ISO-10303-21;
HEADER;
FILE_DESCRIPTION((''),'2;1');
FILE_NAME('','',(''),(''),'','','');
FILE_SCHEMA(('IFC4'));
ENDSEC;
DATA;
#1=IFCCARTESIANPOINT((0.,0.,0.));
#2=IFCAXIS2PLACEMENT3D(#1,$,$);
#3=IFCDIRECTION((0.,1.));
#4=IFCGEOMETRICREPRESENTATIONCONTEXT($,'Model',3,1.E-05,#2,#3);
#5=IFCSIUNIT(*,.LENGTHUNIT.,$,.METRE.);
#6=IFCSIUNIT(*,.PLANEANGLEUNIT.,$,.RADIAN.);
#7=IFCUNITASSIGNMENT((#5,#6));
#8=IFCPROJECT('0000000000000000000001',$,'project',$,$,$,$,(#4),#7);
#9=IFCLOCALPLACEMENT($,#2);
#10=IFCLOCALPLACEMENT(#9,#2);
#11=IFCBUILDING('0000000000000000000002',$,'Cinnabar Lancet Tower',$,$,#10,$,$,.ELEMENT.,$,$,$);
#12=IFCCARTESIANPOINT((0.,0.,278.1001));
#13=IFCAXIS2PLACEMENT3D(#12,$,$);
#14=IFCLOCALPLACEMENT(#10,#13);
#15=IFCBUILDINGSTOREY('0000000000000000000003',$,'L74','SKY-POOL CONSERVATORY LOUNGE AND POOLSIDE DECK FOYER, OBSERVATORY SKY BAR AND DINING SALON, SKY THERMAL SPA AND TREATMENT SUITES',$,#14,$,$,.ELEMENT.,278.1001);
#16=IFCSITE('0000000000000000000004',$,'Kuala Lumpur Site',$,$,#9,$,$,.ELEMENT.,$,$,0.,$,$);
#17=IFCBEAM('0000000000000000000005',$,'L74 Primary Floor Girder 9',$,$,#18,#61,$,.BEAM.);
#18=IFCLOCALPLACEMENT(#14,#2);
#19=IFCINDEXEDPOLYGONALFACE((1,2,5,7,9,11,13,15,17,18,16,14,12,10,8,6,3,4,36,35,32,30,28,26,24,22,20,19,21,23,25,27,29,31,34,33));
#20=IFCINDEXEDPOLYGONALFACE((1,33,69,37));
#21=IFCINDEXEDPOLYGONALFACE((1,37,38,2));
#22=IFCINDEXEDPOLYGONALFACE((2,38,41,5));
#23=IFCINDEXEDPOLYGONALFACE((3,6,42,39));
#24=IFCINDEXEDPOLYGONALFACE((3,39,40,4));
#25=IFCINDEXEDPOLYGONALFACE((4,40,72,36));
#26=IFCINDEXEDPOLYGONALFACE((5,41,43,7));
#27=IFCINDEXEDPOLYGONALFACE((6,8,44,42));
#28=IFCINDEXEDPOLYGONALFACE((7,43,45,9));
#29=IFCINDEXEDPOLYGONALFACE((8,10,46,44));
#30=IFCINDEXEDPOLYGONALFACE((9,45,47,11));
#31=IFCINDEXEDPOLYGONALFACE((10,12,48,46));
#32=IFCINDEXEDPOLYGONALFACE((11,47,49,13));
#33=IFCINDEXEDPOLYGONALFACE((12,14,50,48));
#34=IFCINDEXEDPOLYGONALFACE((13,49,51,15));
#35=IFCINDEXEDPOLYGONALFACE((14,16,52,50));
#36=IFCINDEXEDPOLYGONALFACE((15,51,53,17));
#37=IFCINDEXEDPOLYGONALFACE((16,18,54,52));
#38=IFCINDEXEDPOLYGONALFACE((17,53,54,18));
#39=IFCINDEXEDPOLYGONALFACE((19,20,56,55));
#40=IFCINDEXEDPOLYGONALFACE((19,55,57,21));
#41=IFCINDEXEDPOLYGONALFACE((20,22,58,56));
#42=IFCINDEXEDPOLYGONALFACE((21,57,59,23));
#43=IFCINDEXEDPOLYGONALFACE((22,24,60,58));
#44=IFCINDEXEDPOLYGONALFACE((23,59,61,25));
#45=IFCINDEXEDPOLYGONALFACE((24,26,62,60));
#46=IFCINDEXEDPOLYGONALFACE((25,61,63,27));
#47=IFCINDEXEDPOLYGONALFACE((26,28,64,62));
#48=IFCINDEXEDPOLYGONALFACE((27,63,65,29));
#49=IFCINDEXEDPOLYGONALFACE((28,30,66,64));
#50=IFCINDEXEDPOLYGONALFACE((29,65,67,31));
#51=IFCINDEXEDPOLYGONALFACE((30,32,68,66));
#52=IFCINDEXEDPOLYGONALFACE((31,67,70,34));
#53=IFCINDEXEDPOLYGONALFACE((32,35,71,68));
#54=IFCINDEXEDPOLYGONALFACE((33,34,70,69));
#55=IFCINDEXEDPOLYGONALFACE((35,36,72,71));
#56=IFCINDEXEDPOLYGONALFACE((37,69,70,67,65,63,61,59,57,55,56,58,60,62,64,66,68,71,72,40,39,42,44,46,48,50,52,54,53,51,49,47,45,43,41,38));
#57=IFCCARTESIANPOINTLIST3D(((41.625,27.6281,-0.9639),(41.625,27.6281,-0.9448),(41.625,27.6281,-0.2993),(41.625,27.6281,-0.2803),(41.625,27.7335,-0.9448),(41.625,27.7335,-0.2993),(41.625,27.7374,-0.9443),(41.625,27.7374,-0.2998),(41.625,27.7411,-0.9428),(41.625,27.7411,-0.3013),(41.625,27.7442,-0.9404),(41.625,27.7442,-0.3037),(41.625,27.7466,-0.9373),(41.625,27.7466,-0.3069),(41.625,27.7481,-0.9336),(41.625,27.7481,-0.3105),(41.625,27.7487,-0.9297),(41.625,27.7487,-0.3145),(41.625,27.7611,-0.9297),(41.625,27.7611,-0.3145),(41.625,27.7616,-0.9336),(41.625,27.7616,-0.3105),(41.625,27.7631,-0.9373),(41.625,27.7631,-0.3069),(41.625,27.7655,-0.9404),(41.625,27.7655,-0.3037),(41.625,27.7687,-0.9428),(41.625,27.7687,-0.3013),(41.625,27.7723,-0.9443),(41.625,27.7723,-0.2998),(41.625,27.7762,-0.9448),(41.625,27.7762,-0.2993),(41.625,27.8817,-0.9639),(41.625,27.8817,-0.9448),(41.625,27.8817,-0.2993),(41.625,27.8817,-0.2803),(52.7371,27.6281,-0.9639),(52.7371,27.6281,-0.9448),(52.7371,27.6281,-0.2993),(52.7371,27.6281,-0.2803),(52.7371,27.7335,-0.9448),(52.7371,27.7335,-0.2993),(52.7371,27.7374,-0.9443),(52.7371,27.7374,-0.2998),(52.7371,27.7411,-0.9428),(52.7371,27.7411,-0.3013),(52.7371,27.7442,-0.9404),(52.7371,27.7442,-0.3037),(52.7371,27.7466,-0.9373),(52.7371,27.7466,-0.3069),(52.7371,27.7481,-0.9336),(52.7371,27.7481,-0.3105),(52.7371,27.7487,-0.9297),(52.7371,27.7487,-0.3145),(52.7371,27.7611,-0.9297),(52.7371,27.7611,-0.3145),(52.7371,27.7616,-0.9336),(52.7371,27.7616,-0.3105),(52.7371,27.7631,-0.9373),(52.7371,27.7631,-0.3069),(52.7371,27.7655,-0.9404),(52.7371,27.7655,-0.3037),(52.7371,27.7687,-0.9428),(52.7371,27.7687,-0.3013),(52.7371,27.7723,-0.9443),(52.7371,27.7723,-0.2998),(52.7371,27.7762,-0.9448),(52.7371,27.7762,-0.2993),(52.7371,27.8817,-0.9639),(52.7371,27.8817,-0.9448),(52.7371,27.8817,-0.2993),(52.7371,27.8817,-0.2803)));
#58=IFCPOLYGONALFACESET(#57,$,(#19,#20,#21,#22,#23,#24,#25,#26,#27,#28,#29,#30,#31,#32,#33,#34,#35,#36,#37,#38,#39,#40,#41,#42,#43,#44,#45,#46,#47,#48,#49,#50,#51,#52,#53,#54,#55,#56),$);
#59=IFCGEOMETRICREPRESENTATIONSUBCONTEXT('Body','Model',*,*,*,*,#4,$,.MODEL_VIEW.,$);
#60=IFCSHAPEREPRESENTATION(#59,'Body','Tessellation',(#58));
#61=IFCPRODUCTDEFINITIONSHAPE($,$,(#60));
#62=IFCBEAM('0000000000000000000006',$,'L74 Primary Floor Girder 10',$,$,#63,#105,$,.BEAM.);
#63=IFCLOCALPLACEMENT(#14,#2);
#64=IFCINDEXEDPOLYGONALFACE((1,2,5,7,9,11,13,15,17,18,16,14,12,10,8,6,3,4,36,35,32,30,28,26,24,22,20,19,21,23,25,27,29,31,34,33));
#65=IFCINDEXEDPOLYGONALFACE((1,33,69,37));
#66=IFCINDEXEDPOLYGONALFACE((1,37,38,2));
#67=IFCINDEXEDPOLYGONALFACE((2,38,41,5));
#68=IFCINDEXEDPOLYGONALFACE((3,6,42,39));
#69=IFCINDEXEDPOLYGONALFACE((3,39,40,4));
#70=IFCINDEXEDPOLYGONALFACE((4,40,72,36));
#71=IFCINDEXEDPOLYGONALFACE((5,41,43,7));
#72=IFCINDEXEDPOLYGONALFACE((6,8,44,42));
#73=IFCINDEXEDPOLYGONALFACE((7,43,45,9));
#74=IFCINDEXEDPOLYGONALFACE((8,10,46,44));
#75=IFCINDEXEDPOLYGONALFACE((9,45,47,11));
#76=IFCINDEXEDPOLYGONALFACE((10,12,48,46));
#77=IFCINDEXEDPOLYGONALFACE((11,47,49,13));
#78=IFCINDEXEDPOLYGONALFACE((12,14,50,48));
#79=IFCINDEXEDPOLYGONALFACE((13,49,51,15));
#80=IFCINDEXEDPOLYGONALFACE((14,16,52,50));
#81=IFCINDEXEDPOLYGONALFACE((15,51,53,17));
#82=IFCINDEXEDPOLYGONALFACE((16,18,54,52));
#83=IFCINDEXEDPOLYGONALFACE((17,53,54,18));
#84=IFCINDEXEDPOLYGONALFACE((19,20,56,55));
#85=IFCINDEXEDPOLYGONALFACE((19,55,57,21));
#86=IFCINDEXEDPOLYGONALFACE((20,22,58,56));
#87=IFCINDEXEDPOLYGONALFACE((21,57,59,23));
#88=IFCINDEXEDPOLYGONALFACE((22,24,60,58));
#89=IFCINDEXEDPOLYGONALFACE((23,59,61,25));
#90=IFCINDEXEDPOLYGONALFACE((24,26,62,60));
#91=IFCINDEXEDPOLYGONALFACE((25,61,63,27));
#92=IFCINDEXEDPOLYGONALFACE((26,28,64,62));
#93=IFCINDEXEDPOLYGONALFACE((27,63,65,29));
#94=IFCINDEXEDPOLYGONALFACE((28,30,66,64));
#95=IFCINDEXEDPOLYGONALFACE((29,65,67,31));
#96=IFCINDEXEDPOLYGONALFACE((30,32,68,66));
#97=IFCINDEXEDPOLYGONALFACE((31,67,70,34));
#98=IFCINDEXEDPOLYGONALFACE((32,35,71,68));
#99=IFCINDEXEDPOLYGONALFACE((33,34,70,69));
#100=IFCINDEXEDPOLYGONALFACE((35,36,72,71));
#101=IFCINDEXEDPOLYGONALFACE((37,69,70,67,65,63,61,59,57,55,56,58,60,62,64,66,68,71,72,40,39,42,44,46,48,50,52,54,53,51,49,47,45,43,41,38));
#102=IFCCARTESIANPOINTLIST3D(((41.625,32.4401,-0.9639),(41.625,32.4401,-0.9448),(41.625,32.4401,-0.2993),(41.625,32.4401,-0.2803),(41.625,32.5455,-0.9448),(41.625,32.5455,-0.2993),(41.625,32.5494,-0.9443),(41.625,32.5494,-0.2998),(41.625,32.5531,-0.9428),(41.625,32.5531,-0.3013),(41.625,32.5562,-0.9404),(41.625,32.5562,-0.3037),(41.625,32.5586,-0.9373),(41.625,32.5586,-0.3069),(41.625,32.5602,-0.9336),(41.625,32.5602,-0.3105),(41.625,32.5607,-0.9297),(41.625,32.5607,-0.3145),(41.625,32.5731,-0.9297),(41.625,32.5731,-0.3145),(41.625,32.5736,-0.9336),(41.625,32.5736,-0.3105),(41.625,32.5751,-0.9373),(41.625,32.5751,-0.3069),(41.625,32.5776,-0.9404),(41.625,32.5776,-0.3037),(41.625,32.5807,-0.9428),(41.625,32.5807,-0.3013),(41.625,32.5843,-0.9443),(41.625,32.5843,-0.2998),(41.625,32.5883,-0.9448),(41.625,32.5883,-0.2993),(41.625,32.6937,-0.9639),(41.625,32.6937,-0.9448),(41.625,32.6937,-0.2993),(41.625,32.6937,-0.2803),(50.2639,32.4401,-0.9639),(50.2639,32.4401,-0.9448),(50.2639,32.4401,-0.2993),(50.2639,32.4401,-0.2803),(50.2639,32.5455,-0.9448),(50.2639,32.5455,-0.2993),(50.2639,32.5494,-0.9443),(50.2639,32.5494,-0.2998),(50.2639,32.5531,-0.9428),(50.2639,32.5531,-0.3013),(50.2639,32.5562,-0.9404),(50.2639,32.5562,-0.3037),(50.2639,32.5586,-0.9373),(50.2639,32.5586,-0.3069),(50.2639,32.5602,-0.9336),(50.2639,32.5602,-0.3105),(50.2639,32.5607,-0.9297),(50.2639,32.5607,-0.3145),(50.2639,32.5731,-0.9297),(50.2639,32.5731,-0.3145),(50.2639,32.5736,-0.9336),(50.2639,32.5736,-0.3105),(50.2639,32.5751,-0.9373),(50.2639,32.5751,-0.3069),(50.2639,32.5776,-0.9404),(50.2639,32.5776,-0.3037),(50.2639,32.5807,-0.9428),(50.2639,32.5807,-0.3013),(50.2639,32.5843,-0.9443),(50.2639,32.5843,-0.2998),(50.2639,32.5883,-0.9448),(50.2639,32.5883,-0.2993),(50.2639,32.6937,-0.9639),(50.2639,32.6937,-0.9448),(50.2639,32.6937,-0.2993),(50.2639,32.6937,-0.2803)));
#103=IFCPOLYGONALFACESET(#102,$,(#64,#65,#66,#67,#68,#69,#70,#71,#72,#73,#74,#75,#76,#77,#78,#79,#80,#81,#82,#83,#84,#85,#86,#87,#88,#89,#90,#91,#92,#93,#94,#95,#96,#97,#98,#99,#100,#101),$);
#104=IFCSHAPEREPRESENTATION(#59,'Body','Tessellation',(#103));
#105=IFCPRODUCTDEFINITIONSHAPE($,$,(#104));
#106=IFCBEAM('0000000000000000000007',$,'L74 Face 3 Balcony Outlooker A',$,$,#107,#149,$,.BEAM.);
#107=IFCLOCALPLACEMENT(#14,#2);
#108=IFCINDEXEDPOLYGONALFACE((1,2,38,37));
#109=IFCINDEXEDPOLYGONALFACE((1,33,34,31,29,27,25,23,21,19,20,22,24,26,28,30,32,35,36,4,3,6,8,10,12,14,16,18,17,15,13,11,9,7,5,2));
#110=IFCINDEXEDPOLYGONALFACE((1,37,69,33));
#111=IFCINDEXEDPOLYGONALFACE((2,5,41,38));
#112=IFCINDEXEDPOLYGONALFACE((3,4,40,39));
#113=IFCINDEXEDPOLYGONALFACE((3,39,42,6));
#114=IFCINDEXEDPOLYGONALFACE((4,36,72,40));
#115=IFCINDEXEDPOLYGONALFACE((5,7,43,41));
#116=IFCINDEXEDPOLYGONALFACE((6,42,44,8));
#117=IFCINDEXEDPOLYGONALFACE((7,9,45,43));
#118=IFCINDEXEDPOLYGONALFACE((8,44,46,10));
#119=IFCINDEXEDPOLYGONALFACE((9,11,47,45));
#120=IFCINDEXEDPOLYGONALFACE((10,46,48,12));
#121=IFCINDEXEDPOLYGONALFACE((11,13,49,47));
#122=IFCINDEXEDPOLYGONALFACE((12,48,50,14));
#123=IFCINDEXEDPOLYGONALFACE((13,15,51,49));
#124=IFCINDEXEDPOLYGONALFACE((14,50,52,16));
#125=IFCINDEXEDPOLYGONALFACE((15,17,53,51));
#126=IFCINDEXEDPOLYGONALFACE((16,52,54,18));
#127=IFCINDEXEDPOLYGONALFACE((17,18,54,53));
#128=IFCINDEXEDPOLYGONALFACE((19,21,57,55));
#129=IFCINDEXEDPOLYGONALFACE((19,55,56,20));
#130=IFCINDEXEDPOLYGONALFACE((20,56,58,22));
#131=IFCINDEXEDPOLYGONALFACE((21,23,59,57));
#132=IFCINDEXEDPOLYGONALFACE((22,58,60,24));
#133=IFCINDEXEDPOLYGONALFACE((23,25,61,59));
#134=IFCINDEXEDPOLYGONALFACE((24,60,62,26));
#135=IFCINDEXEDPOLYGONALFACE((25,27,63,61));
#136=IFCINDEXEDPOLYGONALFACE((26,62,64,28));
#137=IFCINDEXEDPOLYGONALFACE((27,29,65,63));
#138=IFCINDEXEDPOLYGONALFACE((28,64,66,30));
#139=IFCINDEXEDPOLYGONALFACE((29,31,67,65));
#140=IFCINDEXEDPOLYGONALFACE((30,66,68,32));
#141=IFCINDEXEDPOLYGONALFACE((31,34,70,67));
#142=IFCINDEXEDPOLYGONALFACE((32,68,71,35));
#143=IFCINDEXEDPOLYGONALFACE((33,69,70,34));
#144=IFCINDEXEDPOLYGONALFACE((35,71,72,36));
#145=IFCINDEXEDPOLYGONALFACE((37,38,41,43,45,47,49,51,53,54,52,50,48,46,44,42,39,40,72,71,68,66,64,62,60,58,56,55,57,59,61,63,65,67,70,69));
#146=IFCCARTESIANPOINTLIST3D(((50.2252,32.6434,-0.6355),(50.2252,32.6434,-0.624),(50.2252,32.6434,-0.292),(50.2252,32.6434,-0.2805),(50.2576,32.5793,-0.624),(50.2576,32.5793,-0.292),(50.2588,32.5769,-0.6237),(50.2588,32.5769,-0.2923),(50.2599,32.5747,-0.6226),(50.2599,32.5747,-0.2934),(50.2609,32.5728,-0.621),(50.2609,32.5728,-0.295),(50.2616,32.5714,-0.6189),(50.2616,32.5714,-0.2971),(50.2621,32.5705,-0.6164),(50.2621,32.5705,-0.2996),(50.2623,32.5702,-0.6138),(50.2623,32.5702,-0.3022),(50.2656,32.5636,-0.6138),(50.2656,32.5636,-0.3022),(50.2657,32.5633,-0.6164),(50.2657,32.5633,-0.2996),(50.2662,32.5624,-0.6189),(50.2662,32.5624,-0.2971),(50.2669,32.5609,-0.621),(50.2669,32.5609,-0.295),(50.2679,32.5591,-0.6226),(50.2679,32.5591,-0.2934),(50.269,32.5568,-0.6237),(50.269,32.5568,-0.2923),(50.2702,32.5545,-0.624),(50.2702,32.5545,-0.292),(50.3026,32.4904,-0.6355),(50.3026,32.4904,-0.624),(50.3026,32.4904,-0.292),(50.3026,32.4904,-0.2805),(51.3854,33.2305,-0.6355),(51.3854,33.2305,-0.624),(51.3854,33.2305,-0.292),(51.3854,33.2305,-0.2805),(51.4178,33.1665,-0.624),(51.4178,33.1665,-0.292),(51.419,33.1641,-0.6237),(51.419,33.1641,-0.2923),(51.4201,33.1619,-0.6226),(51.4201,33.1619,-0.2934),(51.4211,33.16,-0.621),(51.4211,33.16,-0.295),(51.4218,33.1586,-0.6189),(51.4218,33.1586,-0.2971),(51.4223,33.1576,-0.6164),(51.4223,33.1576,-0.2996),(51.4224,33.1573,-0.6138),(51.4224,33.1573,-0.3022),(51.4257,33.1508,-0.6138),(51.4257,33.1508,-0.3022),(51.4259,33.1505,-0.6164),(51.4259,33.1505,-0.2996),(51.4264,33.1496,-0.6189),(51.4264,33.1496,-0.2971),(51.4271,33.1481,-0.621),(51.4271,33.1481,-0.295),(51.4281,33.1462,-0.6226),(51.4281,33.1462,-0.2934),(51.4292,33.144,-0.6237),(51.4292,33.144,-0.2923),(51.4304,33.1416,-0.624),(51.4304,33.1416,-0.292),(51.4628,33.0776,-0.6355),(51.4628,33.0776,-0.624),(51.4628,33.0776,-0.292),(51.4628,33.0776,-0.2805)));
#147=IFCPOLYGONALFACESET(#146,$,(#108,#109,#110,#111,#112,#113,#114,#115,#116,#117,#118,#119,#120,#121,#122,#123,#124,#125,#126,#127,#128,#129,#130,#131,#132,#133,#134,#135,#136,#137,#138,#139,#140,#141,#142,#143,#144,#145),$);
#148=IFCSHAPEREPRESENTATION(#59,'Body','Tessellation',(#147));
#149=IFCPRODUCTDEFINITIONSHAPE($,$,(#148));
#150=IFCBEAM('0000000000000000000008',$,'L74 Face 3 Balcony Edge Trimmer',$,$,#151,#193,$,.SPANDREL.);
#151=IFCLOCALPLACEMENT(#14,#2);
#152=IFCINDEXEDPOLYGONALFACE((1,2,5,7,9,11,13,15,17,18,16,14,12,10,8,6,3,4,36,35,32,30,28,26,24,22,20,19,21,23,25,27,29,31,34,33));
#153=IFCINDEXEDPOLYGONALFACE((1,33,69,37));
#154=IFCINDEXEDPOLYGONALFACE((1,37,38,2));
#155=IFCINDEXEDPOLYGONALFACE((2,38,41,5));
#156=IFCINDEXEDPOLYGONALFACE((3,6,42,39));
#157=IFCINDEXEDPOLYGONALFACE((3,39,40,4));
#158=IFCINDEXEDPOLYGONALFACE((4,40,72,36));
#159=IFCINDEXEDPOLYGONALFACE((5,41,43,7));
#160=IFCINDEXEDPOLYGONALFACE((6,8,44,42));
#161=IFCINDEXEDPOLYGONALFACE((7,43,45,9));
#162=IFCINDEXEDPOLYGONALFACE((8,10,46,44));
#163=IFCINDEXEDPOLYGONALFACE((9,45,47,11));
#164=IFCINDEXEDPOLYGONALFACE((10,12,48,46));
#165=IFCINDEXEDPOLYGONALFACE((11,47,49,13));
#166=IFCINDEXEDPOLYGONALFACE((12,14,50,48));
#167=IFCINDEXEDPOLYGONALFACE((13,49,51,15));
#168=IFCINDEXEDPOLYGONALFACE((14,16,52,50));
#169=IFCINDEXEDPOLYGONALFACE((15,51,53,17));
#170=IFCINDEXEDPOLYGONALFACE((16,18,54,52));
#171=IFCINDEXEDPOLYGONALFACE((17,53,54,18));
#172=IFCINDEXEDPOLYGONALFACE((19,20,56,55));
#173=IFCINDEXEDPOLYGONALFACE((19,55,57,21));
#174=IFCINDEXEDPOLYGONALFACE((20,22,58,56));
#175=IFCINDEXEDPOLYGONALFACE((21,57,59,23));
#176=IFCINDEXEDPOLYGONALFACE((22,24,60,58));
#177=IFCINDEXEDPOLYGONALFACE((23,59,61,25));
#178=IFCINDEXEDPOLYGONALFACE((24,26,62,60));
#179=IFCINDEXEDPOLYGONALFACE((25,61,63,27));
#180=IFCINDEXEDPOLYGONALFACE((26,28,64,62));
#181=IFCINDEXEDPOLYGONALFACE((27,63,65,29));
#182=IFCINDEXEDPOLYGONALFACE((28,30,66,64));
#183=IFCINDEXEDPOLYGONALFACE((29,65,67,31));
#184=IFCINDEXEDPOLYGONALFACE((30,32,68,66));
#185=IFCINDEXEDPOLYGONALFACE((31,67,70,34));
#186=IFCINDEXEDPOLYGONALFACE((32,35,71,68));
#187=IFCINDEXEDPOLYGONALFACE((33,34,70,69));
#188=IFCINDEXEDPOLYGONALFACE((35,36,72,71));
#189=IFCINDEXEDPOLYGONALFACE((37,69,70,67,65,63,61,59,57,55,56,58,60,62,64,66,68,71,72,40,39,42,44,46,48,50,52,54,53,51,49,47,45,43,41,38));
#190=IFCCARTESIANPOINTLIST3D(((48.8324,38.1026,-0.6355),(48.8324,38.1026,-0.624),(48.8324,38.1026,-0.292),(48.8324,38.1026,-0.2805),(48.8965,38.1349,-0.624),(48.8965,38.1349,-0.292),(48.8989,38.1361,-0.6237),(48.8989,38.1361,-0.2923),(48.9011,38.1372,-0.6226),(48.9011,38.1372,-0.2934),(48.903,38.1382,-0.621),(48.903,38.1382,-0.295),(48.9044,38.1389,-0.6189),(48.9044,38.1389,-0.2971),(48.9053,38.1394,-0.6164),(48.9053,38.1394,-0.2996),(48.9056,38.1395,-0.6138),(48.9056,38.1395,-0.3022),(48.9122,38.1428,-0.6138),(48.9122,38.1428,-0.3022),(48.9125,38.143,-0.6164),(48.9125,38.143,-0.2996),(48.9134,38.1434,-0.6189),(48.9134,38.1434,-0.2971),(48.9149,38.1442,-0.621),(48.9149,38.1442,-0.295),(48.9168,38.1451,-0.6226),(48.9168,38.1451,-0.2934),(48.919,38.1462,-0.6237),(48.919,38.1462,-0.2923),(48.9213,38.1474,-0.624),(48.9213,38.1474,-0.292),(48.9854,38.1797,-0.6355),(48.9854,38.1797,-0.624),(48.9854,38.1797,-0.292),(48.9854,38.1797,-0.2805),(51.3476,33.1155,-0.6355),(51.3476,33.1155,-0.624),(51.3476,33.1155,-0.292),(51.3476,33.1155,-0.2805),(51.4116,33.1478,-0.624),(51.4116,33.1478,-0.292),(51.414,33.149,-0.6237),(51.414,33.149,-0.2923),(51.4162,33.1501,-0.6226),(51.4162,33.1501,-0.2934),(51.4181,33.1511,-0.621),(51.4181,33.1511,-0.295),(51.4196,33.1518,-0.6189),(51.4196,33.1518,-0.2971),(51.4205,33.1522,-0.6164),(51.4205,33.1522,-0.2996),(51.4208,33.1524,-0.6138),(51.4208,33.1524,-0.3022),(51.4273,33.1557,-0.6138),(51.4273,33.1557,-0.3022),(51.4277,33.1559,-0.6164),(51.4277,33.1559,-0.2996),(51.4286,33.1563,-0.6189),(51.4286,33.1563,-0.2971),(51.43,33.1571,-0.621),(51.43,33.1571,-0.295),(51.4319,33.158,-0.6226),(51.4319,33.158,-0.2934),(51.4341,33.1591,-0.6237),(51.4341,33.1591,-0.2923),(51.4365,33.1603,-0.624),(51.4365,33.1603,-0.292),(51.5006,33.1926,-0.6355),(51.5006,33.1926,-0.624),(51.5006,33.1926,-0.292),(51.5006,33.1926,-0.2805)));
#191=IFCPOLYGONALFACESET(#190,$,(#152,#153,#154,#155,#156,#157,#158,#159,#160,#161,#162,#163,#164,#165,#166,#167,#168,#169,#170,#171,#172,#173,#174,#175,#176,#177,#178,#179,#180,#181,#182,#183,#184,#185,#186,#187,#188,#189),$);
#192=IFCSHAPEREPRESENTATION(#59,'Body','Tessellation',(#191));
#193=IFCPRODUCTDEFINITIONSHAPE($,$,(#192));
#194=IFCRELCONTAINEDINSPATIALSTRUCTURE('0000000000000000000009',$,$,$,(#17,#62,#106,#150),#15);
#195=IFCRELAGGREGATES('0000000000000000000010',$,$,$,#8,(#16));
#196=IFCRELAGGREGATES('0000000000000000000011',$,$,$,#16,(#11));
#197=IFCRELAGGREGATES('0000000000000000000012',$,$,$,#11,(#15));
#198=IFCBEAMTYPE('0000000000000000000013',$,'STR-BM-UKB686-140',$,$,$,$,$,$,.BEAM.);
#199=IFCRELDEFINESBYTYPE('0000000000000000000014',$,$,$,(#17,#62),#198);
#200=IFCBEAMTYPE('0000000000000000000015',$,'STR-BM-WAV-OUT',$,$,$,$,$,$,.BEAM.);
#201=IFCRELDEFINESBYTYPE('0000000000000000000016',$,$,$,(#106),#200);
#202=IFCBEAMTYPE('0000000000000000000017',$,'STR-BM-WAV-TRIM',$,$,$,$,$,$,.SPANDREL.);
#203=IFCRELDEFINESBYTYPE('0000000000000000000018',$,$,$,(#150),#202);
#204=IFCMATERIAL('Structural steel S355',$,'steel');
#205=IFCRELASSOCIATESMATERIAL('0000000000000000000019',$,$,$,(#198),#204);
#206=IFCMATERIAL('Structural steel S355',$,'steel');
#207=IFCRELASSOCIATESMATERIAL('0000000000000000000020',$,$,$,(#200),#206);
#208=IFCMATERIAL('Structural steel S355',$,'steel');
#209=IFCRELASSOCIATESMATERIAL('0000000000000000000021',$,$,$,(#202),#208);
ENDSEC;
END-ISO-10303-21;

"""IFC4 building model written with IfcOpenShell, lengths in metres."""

from ifc_helpers import new_model, si_unit, direction, frame, origin, origin_2d, place, context, subcontext, project, spatial, i_section, extrude, material, material_profile, profile_set, type_object, element, save


model = new_model("IFC4")

# Units and contexts
model_context = context("Model", 3, precision=1e-05, world=origin(), true_north=direction((0.0, 1.0)))
body_context = subcontext(model_context, "Body", "Model", "MODEL_VIEW")
ifc_project = project(units=[si_unit("LENGTHUNIT", "METRE"), si_unit("PLANEANGLEUNIT", "RADIAN")], contexts=[model_context])

# Site, building, storey
site_placement = place(None, origin())
site = spatial("IfcSite", under=ifc_project, at=site_placement, Name="Kuala Lumpur Site", CompositionType="ELEMENT", RefElevation=0.0)
building_placement = place(site_placement, origin())
building = spatial("IfcBuilding", under=site, at=building_placement, Name="Cinnabar Lancet Tower", CompositionType="ELEMENT")
storey_placement = place(building_placement, frame((0.0, 0.0, 278.1001)))
storey = spatial("IfcBuildingStorey", under=building, at=storey_placement, Name="L74", Description="SKY-POOL CONSERVATORY LOUNGE AND POOLSIDE DECK FOYER, OBSERVATORY SKY BAR AND DINING SALON, SKY THERMAL SPA AND TREATMENT SUITES", CompositionType="ELEMENT", Elevation=278.1001)

# Beams
ifc_material_1 = material(Name="Structural steel S355", Category="steel")
ifc_material_profile_1 = material_profile(ifc_material_1, i_section(OverallWidth=0.2537, OverallDepth=0.6836, WebThickness=0.0125, FlangeThickness=0.019, FilletRadius=0.0151, at=origin_2d()), Name="UKB 686x254x140")
ifc_profile_set_1 = profile_set([ifc_material_profile_1], Name="Structural steel S355")
beam_type_1 = type_object("IfcBeamType", Name="STR-BM-UKB686-140", PredefinedType="BEAM", material=ifc_profile_set_1)
beam_1_placement = place(storey_placement, frame((52.7371, 27.7549, -0.6221), z_axis=(-1.0, 0.0, 0.0), x_axis=(0.0, -1.0, 0.0)))
element("IfcBeam", 1, at=beam_1_placement, inside=storey, type_object=beam_type_1, Name="L74 Primary Floor Girder 9", PredefinedType="BEAM", context=body_context, shape_type="SweptSolid", body=[
    extrude(i_section(OverallWidth=0.2537, OverallDepth=0.6836, WebThickness=0.0125, FlangeThickness=0.019, FilletRadius=0.0151, at=origin_2d()), origin(), (0.0, 0.0, 1.0), 11.1121),
])
beam_2_placement = place(storey_placement, frame((50.2639, 32.5669, -0.6221), z_axis=(-1.0, 0.0, 0.0), x_axis=(0.0, -1.0, 0.0)))
element("IfcBeam", 2, at=beam_2_placement, inside=storey, type_object=beam_type_1, Name="L74 Primary Floor Girder 10", PredefinedType="BEAM", context=body_context, shape_type="SweptSolid", body=[
    extrude(i_section(OverallWidth=0.2537, OverallDepth=0.6836, WebThickness=0.0125, FlangeThickness=0.019, FilletRadius=0.0151, at=origin_2d()), origin(), (0.0, 0.0, 1.0), 8.6389),
])
ifc_material_2 = material(Name="Structural steel S355", Category="steel")
ifc_material_profile_2 = material_profile(ifc_material_2, i_section(OverallWidth=0.1714, OverallDepth=0.355, WebThickness=0.0073, FlangeThickness=0.0115, FilletRadius=0.0103, at=origin_2d()), Name="UKB 356x171x51")
ifc_profile_set_2 = profile_set([ifc_material_profile_2], Name="Structural steel S355")
beam_type_2 = type_object("IfcBeamType", Name="STR-BM-WAV-OUT", PredefinedType="BEAM", material=ifc_profile_set_2)
beam_3_placement = place(storey_placement, frame((50.2639, 32.5669, -0.458), z_axis=(0.892239, 0.451564, 0.0), x_axis=(-0.451564, 0.892239, 0.0)))
element("IfcBeam", 3, at=beam_3_placement, inside=storey, type_object=beam_type_2, Name="L74 Face 3 Balcony Outlooker A", PredefinedType="BEAM", context=body_context, shape_type="SweptSolid", body=[
    extrude(i_section(OverallWidth=0.1714, OverallDepth=0.355, WebThickness=0.0073, FlangeThickness=0.0115, FilletRadius=0.0103, at=origin_2d()), origin(), (0.0, 0.0, 1.0), 1.3003),
])
ifc_material_3 = material(Name="Structural steel S355", Category="steel")
ifc_material_profile_3 = material_profile(ifc_material_3, i_section(OverallWidth=0.1714, OverallDepth=0.355, WebThickness=0.0073, FlangeThickness=0.0115, FilletRadius=0.0103, at=origin_2d()), Name="UKB 356x171x51")
ifc_profile_set_3 = profile_set([ifc_material_profile_3], Name="Structural steel S355")
beam_type_3 = type_object("IfcBeamType", Name="STR-BM-WAV-TRIM", PredefinedType="SPANDREL", material=ifc_profile_set_3)
beam_4_placement = place(storey_placement, frame((51.4241, 33.1541, -0.458), z_axis=(-0.450306, 0.892874, 0.0), x_axis=(-0.892874, -0.450306, 0.0)))
element("IfcBeam", 4, at=beam_4_placement, inside=storey, type_object=beam_type_3, Name="L74 Face 3 Balcony Edge Trimmer", PredefinedType="SPANDREL", context=body_context, shape_type="SweptSolid", body=[
    extrude(i_section(OverallWidth=0.1714, OverallDepth=0.355, WebThickness=0.0073, FlangeThickness=0.0115, FilletRadius=0.0103, at=origin_2d()), origin(), (0.0, 0.0, 1.0), 5.5854),
])

save(model, "model.ifc")
